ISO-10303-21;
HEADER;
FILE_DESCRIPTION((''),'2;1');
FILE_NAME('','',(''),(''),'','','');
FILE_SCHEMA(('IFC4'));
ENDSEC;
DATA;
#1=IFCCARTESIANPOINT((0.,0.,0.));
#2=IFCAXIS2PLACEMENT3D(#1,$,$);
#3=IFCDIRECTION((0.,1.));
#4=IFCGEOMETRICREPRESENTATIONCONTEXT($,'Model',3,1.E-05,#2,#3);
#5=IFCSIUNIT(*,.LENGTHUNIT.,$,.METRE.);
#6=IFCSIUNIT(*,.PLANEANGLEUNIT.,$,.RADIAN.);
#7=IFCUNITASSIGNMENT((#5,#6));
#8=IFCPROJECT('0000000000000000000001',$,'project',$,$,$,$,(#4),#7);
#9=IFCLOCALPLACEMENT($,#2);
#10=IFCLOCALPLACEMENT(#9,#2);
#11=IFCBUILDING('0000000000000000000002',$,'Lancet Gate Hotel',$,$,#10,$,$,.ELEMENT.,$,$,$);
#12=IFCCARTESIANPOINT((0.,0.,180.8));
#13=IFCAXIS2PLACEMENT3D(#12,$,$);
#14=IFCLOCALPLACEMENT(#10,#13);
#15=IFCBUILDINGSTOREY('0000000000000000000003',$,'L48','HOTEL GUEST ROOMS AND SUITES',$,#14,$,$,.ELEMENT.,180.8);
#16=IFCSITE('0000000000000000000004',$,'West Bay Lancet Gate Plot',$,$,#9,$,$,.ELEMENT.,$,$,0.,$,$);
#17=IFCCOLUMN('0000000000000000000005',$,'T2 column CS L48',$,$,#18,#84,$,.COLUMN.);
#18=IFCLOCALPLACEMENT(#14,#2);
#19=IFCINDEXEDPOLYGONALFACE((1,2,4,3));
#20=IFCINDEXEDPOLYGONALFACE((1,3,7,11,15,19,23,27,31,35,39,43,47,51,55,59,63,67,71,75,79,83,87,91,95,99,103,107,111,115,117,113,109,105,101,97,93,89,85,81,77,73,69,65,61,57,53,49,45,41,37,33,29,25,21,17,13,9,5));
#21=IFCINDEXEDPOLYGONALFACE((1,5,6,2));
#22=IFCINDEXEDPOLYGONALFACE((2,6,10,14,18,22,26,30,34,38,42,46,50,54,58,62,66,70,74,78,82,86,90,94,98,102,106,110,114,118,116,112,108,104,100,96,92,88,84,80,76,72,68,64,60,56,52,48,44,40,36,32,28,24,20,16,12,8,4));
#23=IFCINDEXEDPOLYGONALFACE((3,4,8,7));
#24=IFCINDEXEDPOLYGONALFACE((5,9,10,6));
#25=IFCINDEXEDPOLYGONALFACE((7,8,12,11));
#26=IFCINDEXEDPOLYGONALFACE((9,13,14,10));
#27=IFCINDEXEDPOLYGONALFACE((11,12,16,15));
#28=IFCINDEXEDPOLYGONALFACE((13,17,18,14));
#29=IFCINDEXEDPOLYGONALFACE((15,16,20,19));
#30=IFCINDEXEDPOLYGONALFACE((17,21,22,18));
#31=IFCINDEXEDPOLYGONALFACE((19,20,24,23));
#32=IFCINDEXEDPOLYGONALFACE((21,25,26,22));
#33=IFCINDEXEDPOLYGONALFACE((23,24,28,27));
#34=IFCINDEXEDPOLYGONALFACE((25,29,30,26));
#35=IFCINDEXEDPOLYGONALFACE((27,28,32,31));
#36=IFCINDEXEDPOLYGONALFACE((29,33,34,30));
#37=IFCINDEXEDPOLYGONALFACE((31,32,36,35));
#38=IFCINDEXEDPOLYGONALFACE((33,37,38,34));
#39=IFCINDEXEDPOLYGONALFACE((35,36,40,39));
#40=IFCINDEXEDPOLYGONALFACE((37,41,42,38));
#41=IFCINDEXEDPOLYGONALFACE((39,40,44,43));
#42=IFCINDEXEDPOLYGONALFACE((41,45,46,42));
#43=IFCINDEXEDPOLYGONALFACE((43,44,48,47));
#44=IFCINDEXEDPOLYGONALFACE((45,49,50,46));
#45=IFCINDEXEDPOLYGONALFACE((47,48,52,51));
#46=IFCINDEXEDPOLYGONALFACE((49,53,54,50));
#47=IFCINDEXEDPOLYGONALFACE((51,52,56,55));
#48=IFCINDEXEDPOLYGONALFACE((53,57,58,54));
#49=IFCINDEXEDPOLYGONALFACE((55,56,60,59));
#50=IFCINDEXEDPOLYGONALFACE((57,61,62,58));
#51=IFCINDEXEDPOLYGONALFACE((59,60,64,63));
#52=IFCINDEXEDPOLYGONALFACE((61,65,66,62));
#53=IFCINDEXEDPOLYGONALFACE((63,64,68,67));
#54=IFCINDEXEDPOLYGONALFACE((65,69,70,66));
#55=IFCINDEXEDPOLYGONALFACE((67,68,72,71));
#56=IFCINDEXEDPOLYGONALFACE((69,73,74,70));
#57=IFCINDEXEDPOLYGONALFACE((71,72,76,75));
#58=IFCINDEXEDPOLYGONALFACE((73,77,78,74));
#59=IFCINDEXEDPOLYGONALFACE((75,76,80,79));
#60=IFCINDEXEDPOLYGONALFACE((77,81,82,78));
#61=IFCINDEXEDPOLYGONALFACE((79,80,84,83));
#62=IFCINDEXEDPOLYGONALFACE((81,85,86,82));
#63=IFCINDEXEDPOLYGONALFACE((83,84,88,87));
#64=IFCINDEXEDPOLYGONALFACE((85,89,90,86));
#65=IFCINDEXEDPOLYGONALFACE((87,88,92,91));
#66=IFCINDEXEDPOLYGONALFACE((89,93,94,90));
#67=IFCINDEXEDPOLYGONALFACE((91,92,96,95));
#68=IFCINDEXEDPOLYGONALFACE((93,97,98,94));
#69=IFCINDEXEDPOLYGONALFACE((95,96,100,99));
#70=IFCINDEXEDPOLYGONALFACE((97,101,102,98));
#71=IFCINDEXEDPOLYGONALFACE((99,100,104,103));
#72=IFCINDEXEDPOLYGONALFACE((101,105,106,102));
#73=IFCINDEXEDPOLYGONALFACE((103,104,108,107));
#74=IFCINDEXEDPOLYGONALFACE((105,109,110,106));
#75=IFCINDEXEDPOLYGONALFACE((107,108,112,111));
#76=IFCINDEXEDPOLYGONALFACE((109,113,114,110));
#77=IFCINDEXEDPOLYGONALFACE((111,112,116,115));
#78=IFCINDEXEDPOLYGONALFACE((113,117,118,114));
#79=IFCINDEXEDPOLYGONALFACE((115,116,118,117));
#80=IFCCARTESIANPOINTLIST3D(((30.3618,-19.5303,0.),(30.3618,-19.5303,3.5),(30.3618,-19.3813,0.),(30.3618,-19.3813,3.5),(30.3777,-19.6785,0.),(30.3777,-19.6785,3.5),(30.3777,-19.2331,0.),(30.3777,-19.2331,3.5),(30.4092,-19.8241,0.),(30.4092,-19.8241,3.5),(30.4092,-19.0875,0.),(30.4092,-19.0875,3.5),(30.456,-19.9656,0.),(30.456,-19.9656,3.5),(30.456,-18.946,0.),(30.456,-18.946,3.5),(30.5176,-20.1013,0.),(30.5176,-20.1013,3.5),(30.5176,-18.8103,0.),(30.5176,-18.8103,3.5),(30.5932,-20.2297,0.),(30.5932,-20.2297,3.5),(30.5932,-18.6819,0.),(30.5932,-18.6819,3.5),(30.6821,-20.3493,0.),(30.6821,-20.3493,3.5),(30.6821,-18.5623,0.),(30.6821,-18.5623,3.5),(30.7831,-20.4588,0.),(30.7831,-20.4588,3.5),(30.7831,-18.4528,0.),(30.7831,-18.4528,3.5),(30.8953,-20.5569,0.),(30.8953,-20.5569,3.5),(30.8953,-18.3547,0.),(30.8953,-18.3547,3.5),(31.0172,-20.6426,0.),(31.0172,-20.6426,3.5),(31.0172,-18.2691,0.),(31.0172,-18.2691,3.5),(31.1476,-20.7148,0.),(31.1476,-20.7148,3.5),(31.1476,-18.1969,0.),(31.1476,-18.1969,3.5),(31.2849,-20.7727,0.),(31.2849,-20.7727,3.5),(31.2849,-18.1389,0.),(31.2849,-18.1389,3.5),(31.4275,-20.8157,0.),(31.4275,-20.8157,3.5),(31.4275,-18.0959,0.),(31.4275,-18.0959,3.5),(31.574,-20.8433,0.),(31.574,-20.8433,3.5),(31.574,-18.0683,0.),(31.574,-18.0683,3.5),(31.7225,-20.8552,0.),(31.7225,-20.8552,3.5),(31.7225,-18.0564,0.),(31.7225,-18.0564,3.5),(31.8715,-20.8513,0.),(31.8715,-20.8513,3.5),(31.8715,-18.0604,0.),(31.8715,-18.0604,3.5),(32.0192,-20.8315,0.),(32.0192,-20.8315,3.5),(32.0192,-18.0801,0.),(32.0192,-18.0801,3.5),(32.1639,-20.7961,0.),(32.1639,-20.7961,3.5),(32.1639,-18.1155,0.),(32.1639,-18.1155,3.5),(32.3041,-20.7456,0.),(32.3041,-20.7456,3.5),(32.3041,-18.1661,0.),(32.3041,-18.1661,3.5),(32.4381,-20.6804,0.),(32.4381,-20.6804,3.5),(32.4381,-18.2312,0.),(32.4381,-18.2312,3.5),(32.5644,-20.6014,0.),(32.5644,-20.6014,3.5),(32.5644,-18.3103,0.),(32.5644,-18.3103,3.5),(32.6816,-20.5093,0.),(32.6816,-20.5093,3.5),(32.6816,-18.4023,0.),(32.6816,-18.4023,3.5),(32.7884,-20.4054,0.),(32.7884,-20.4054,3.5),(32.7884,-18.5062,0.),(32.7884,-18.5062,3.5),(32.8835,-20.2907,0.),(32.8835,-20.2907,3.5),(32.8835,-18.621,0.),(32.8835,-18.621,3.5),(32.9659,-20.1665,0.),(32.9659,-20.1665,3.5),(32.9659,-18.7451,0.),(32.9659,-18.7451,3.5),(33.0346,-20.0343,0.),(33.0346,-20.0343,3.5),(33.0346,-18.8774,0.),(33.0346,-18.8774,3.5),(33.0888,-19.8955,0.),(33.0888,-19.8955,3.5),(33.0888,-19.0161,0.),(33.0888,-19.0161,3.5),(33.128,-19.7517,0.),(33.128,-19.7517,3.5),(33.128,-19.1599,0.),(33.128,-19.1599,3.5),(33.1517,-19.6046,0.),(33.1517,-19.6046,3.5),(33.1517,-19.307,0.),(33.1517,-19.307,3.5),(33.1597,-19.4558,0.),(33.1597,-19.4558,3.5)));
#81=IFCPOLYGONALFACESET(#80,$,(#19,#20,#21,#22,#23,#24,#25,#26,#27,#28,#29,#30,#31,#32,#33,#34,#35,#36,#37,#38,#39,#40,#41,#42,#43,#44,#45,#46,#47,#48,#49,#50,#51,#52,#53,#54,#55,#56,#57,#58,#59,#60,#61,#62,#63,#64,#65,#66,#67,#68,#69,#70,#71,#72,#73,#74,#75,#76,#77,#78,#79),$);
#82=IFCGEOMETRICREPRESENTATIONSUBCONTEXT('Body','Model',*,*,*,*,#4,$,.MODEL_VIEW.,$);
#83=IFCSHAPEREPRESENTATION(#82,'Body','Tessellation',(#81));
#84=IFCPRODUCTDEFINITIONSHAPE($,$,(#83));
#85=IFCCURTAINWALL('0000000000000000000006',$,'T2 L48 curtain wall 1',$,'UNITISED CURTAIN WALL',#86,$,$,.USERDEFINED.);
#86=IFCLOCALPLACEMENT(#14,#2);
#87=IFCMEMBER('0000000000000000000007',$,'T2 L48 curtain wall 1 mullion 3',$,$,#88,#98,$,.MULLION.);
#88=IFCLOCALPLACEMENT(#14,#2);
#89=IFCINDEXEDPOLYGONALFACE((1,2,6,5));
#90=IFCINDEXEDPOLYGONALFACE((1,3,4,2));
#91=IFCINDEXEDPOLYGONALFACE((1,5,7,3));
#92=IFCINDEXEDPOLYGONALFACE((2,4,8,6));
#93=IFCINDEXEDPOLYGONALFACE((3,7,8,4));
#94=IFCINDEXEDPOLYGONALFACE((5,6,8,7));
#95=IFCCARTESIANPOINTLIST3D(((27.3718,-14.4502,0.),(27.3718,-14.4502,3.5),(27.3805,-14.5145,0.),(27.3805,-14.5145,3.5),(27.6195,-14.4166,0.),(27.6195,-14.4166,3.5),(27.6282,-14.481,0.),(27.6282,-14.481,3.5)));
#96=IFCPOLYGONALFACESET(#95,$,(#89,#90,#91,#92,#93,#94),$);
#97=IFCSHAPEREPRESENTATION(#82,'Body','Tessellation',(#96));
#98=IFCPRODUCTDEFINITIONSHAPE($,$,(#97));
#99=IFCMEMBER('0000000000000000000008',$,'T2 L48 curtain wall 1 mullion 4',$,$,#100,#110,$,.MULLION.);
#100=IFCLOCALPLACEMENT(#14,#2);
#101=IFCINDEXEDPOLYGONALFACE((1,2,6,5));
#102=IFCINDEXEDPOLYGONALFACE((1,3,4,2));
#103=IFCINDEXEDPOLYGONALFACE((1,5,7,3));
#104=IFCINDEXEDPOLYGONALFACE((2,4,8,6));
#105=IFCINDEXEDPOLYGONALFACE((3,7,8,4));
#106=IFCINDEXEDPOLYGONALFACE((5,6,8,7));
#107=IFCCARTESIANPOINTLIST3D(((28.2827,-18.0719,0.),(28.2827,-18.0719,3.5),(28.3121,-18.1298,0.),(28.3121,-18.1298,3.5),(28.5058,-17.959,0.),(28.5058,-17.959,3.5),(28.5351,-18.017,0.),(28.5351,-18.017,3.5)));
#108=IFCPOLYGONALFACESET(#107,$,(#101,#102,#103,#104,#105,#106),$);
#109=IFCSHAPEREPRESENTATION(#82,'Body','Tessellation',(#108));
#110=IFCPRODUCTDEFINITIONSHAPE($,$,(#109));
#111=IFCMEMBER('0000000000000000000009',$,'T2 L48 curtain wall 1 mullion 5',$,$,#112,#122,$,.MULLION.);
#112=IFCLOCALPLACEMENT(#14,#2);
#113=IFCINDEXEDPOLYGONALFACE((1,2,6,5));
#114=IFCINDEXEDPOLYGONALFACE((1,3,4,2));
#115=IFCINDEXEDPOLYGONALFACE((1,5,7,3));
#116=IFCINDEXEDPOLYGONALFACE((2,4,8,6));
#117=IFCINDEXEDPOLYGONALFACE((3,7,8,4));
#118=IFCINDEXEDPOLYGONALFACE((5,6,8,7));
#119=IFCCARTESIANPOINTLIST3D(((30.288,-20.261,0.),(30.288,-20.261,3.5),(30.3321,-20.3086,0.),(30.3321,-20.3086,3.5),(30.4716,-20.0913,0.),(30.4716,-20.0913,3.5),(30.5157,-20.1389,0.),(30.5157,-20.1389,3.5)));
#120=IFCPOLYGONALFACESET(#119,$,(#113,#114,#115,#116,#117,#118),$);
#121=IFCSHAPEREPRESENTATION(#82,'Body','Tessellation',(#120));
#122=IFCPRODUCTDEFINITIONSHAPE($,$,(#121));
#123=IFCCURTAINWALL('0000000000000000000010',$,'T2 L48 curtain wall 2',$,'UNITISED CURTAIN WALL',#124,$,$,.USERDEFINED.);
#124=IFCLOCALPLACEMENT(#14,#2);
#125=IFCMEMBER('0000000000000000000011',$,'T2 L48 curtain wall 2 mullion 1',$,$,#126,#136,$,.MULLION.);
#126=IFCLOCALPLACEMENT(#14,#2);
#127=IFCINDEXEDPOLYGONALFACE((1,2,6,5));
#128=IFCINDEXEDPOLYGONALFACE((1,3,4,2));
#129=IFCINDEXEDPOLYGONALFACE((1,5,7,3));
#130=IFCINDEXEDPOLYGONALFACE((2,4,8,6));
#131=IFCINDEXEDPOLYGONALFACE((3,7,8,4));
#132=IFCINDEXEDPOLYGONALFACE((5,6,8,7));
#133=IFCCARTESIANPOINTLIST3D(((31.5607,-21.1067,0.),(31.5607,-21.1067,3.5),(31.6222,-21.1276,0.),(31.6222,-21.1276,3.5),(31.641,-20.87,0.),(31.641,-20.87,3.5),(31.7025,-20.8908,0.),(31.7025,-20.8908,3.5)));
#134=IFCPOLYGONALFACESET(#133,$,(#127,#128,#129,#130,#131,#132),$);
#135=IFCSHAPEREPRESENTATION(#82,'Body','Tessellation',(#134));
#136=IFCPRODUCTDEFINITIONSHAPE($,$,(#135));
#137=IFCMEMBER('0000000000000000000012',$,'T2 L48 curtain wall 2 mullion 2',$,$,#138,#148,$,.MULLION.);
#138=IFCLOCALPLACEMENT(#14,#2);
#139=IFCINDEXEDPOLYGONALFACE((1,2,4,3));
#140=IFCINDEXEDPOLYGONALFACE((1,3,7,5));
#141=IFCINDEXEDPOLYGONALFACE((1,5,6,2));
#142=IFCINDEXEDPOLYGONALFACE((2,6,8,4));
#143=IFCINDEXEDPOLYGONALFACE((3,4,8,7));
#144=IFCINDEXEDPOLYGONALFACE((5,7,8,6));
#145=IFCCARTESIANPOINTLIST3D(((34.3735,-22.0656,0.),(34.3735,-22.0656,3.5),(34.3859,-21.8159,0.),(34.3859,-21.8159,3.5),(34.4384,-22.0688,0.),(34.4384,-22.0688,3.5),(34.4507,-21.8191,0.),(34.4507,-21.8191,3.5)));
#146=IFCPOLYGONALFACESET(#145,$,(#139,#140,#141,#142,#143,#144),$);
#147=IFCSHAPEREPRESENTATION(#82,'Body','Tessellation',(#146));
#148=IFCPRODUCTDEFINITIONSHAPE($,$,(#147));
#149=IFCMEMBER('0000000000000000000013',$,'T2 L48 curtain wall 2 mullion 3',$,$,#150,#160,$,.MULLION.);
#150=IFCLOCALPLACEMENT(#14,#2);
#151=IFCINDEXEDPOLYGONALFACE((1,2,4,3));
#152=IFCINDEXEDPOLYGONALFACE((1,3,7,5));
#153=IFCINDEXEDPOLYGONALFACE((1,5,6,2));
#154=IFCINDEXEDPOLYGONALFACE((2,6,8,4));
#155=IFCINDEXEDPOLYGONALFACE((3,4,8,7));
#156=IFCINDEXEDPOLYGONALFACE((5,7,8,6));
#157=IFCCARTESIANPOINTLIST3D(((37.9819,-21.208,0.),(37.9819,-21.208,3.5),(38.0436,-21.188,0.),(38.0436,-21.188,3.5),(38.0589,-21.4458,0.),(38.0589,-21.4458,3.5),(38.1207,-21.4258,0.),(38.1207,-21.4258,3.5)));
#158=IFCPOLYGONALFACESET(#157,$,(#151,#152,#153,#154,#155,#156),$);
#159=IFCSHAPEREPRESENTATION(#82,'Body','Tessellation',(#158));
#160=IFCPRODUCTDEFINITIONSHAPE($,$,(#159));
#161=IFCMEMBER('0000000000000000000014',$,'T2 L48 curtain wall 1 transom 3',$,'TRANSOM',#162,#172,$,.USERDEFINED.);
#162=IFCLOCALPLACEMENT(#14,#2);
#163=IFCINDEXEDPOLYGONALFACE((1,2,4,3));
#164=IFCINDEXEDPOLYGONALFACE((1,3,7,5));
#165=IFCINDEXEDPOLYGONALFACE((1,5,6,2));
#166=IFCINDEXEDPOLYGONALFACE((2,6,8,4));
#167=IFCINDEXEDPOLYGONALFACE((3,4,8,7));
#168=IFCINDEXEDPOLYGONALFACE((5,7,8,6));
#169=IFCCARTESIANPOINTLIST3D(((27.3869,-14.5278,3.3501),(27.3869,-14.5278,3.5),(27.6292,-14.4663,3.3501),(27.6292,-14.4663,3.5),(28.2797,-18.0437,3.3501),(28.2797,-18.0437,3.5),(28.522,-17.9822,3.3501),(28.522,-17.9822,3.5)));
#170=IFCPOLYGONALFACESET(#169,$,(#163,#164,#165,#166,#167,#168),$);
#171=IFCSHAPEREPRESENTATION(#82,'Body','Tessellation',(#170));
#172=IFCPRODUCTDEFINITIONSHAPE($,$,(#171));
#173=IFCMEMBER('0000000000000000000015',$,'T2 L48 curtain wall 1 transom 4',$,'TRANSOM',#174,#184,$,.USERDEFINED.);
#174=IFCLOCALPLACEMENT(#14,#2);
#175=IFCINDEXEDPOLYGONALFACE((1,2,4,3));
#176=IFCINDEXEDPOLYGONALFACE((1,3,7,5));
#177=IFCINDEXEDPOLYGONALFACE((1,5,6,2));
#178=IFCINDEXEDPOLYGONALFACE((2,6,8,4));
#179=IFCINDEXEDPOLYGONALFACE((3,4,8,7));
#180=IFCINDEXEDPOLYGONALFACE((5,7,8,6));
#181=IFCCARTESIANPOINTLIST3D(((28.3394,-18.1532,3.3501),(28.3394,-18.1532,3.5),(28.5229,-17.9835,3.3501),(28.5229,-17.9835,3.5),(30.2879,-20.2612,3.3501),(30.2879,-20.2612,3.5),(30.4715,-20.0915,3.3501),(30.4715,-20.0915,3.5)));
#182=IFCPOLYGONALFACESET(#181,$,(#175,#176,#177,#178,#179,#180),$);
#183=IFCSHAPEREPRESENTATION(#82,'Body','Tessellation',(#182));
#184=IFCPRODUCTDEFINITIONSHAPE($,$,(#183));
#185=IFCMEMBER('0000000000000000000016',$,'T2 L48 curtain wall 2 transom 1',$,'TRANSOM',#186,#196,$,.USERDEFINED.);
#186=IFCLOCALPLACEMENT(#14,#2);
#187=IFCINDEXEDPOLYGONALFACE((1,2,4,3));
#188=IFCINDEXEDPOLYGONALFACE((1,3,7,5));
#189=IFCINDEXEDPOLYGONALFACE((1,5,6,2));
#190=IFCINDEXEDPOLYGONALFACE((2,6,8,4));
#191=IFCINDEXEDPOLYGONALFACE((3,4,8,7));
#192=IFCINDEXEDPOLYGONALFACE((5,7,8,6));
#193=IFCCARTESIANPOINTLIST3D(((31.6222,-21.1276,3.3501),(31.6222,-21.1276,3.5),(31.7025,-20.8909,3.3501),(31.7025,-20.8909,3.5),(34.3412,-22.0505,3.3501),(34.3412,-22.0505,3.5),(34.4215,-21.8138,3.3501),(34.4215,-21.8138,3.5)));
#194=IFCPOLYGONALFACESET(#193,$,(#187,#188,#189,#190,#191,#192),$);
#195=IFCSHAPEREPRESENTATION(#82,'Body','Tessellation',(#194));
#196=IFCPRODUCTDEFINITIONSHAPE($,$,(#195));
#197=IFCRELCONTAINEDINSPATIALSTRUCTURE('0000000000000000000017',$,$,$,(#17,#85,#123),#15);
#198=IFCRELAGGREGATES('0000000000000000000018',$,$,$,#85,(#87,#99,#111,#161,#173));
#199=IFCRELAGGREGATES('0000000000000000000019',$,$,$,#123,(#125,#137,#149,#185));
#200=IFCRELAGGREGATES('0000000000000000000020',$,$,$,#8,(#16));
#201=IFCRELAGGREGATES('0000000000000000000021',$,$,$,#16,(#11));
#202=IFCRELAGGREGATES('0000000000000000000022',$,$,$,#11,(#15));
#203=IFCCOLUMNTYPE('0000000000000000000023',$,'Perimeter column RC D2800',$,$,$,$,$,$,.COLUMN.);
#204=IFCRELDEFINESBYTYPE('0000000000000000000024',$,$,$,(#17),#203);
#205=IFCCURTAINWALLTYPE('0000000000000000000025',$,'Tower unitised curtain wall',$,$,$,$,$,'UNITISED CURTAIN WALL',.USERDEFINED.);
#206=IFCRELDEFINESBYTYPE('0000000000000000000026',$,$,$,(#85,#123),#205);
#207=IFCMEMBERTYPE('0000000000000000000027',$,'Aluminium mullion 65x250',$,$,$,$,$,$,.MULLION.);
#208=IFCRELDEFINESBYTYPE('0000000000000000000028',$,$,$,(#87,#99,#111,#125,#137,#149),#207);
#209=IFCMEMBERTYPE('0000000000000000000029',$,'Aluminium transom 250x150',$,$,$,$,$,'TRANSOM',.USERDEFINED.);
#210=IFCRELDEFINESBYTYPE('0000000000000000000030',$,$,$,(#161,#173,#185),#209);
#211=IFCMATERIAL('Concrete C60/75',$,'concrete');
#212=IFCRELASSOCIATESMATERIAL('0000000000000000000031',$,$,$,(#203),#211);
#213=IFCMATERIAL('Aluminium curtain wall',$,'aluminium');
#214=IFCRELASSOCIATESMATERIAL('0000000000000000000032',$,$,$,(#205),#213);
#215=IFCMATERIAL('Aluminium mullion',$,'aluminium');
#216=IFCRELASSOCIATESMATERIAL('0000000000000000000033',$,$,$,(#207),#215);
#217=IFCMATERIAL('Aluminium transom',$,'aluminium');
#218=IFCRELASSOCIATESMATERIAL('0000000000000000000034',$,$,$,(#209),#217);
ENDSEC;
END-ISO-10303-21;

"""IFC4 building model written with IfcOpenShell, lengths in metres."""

from ifc_helpers import new_model, si_unit, direction, frame, origin, origin_2d, place, context, subcontext, project, spatial, rectangle, circle, extrude, material, material_profile, profile_set, type_object, element, aggregate, save


model = new_model("IFC4")

# Units and contexts
model_context = context("Model", 3, precision=1e-05, world=origin(), true_north=direction((0.0, 1.0)))
body_context = subcontext(model_context, "Body", "Model", "MODEL_VIEW")
ifc_project = project(units=[si_unit("LENGTHUNIT", "METRE"), si_unit("PLANEANGLEUNIT", "RADIAN")], contexts=[model_context])

# Site, building, storey
site_placement = place(None, origin())
site = spatial("IfcSite", under=ifc_project, at=site_placement, Name="West Bay Lancet Gate Plot", CompositionType="ELEMENT", RefElevation=0.0)
building_placement = place(site_placement, origin())
building = spatial("IfcBuilding", under=site, at=building_placement, Name="Lancet Gate Hotel", CompositionType="ELEMENT")
storey_placement = place(building_placement, frame((0.0, 0.0, 180.8)))
storey = spatial("IfcBuildingStorey", under=building, at=storey_placement, Name="L48", Description="HOTEL GUEST ROOMS AND SUITES", CompositionType="ELEMENT", Elevation=180.8)

# Column
ifc_material_1 = material(Name="Concrete C60/75", Category="concrete")
ifc_material_profile_1 = material_profile(ifc_material_1, circle(Radius=1.3999, at=origin_2d()), Name="RC D2800")
ifc_profile_set_1 = profile_set([ifc_material_profile_1], Name="Concrete C60/75")
column_type = type_object("IfcColumnType", Name="Perimeter column RC D2800", PredefinedType="COLUMN", material=ifc_profile_set_1)
column_placement = place(storey_placement, frame((31.7598, -19.4558, 0.0), z_axis=(0.0, 0.0, 1.0), x_axis=(1.0, 0.0, 0.0)))
element("IfcColumn", 1, at=column_placement, inside=storey, type_object=column_type, Name="T2 column CS L48", PredefinedType="COLUMN", context=body_context, shape_type="SweptSolid", body=[
    extrude(circle(Radius=1.3999, at=origin_2d()), origin(), (0.0, 0.0, 1.0), 3.5),
])

# Curtain walls, members
ifc_material_2 = material(Name="Aluminium curtain wall", Category="aluminium")
curtain_wall_type = type_object("IfcCurtainWallType", Name="Tower unitised curtain wall", ElementType="UNITISED CURTAIN WALL", PredefinedType="USERDEFINED", material=ifc_material_2)
curtain_wall_1_placement = place(storey_placement, origin())
curtain_wall_1 = element("IfcCurtainWall", 2, at=curtain_wall_1_placement, inside=storey, type_object=curtain_wall_type, Name="T2 L48 curtain wall 1", ObjectType="UNITISED CURTAIN WALL", PredefinedType="USERDEFINED")
ifc_material_3 = material(Name="Aluminium mullion", Category="aluminium")
ifc_material_profile_2 = material_profile(ifc_material_3, rectangle(XDim=0.0649, YDim=0.25, at=origin_2d()), Name="MULLION 65x250")
ifc_profile_set_2 = profile_set([ifc_material_profile_2], Name="Aluminium mullion")
member_type_1 = type_object("IfcMemberType", Name="Aluminium mullion 65x250", PredefinedType="MULLION", material=ifc_profile_set_2)
member_1_placement = place(storey_placement, frame((27.5, -14.4656, 0.0), z_axis=(0.0, 0.0, 1.0), x_axis=(0.134207, -0.990953, 0.0)))
member_1 = element("IfcMember", 3, at=member_1_placement, type_object=member_type_1, Name="T2 L48 curtain wall 1 mullion 3", PredefinedType="MULLION", context=body_context, shape_type="SweptSolid", body=[
    extrude(rectangle(XDim=0.0649, YDim=0.25, at=origin_2d()), origin(), (0.0, 0.0, 1.0), 3.5),
])
member_2_placement = place(storey_placement, frame((28.4089, -18.0444, 0.0), z_axis=(0.0, 0.0, 1.0), x_axis=(0.451506, -0.892268, 0.0)))
member_2 = element("IfcMember", 4, at=member_2_placement, type_object=member_type_1, Name="T2 L48 curtain wall 1 mullion 4", PredefinedType="MULLION", context=body_context, shape_type="SweptSolid", body=[
    extrude(rectangle(XDim=0.0649, YDim=0.25, at=origin_2d()), origin(), (0.0, 0.0, 1.0), 3.5),
])
member_3_placement = place(storey_placement, frame((30.4019, -20.2, 0.0), z_axis=(0.0, 0.0, 1.0), x_axis=(0.678831, -0.734294, 0.0)))
member_3 = element("IfcMember", 5, at=member_3_placement, type_object=member_type_1, Name="T2 L48 curtain wall 1 mullion 5", PredefinedType="MULLION", context=body_context, shape_type="SweptSolid", body=[
    extrude(rectangle(XDim=0.0649, YDim=0.25, at=origin_2d()), origin(), (0.0, 0.0, 1.0), 3.5),
])
curtain_wall_2_placement = place(storey_placement, origin())
curtain_wall_2 = element("IfcCurtainWall", 6, at=curtain_wall_2_placement, inside=storey, type_object=curtain_wall_type, Name="T2 L48 curtain wall 2", ObjectType="UNITISED CURTAIN WALL", PredefinedType="USERDEFINED")
member_4_placement = place(storey_placement, frame((31.6316, -20.9988, 0.0), z_axis=(0.0, 0.0, 1.0), x_axis=(0.946952, -0.321374, 0.0)))
member_4 = element("IfcMember", 7, at=member_4_placement, type_object=member_type_1, Name="T2 L48 curtain wall 2 mullion 1", PredefinedType="MULLION", context=body_context, shape_type="SweptSolid", body=[
    extrude(rectangle(XDim=0.0649, YDim=0.25, at=origin_2d()), origin(), (0.0, 0.0, 1.0), 3.5),
])
member_5_placement = place(storey_placement, frame((34.4121, -21.9424, 0.0), z_axis=(0.0, 0.0, 1.0), x_axis=(0.998776, -0.049471, 0.0)))
member_5 = element("IfcMember", 8, at=member_5_placement, type_object=member_type_1, Name="T2 L48 curtain wall 2 mullion 2", PredefinedType="MULLION", context=body_context, shape_type="SweptSolid", body=[
    extrude(rectangle(XDim=0.0649, YDim=0.25, at=origin_2d()), origin(), (0.0, 0.0, 1.0), 3.5),
])
member_6_placement = place(storey_placement, frame((38.0513, -21.3169, 0.0), z_axis=(0.0, 0.0, 1.0), x_axis=(0.951355, 0.308095, 0.0)))
member_6 = element("IfcMember", 9, at=member_6_placement, type_object=member_type_1, Name="T2 L48 curtain wall 2 mullion 3", PredefinedType="MULLION", context=body_context, shape_type="SweptSolid", body=[
    extrude(rectangle(XDim=0.0649, YDim=0.25, at=origin_2d()), origin(), (0.0, 0.0, 1.0), 3.5),
])

# Members
ifc_material_4 = material(Name="Aluminium transom", Category="aluminium")
ifc_material_profile_3 = material_profile(ifc_material_4, rectangle(XDim=0.25, YDim=0.1499, at=origin_2d()), Name="TRANSOM 250x150")
ifc_profile_set_3 = profile_set([ifc_material_profile_3], Name="Aluminium transom")
member_type_2 = type_object("IfcMemberType", Name="Aluminium transom 250x150", ElementType="TRANSOM", PredefinedType="USERDEFINED", material=ifc_profile_set_3)
member_7_placement = place(storey_placement, frame((27.5081, -14.4971, 3.425), z_axis=(0.246129, -0.969237, 0.0), x_axis=(0.969237, 0.246129, 0.0)))
member_7 = element("IfcMember", 10, at=member_7_placement, type_object=member_type_2, Name="T2 L48 curtain wall 1 transom 3", ObjectType="TRANSOM", PredefinedType="USERDEFINED", context=body_context, shape_type="SweptSolid", body=[
    extrude(rectangle(XDim=0.25, YDim=0.1499, at=origin_2d()), origin(), (0.0, 0.0, 1.0), 3.6274),
])
member_8_placement = place(storey_placement, frame((28.4312, -18.0684, 3.425), z_axis=(0.678792, -0.73433, 0.0), x_axis=(0.73433, 0.678792, 0.0)))
member_8 = element("IfcMember", 11, at=member_8_placement, type_object=member_type_2, Name="T2 L48 curtain wall 1 transom 4", ObjectType="TRANSOM", PredefinedType="USERDEFINED", context=body_context, shape_type="SweptSolid", body=[
    extrude(rectangle(XDim=0.25, YDim=0.1499, at=origin_2d()), origin(), (0.0, 0.0, 1.0), 2.8706),
])
member_9_placement = place(storey_placement, frame((31.6624, -21.0093, 3.425), z_axis=(0.946943, -0.321401, 0.0), x_axis=(0.321401, 0.946943, 0.0)))
member_9 = element("IfcMember", 12, at=member_9_placement, type_object=member_type_2, Name="T2 L48 curtain wall 2 transom 1", ObjectType="TRANSOM", PredefinedType="USERDEFINED", context=body_context, shape_type="SweptSolid", body=[
    extrude(rectangle(XDim=0.25, YDim=0.1499, at=origin_2d()), origin(), (0.0, 0.0, 1.0), 2.8713),
])

aggregate(curtain_wall_1, [member_1, member_2, member_3, member_7, member_8])
aggregate(curtain_wall_2, [member_4, member_5, member_6, member_9])

save(model, "model.ifc")
